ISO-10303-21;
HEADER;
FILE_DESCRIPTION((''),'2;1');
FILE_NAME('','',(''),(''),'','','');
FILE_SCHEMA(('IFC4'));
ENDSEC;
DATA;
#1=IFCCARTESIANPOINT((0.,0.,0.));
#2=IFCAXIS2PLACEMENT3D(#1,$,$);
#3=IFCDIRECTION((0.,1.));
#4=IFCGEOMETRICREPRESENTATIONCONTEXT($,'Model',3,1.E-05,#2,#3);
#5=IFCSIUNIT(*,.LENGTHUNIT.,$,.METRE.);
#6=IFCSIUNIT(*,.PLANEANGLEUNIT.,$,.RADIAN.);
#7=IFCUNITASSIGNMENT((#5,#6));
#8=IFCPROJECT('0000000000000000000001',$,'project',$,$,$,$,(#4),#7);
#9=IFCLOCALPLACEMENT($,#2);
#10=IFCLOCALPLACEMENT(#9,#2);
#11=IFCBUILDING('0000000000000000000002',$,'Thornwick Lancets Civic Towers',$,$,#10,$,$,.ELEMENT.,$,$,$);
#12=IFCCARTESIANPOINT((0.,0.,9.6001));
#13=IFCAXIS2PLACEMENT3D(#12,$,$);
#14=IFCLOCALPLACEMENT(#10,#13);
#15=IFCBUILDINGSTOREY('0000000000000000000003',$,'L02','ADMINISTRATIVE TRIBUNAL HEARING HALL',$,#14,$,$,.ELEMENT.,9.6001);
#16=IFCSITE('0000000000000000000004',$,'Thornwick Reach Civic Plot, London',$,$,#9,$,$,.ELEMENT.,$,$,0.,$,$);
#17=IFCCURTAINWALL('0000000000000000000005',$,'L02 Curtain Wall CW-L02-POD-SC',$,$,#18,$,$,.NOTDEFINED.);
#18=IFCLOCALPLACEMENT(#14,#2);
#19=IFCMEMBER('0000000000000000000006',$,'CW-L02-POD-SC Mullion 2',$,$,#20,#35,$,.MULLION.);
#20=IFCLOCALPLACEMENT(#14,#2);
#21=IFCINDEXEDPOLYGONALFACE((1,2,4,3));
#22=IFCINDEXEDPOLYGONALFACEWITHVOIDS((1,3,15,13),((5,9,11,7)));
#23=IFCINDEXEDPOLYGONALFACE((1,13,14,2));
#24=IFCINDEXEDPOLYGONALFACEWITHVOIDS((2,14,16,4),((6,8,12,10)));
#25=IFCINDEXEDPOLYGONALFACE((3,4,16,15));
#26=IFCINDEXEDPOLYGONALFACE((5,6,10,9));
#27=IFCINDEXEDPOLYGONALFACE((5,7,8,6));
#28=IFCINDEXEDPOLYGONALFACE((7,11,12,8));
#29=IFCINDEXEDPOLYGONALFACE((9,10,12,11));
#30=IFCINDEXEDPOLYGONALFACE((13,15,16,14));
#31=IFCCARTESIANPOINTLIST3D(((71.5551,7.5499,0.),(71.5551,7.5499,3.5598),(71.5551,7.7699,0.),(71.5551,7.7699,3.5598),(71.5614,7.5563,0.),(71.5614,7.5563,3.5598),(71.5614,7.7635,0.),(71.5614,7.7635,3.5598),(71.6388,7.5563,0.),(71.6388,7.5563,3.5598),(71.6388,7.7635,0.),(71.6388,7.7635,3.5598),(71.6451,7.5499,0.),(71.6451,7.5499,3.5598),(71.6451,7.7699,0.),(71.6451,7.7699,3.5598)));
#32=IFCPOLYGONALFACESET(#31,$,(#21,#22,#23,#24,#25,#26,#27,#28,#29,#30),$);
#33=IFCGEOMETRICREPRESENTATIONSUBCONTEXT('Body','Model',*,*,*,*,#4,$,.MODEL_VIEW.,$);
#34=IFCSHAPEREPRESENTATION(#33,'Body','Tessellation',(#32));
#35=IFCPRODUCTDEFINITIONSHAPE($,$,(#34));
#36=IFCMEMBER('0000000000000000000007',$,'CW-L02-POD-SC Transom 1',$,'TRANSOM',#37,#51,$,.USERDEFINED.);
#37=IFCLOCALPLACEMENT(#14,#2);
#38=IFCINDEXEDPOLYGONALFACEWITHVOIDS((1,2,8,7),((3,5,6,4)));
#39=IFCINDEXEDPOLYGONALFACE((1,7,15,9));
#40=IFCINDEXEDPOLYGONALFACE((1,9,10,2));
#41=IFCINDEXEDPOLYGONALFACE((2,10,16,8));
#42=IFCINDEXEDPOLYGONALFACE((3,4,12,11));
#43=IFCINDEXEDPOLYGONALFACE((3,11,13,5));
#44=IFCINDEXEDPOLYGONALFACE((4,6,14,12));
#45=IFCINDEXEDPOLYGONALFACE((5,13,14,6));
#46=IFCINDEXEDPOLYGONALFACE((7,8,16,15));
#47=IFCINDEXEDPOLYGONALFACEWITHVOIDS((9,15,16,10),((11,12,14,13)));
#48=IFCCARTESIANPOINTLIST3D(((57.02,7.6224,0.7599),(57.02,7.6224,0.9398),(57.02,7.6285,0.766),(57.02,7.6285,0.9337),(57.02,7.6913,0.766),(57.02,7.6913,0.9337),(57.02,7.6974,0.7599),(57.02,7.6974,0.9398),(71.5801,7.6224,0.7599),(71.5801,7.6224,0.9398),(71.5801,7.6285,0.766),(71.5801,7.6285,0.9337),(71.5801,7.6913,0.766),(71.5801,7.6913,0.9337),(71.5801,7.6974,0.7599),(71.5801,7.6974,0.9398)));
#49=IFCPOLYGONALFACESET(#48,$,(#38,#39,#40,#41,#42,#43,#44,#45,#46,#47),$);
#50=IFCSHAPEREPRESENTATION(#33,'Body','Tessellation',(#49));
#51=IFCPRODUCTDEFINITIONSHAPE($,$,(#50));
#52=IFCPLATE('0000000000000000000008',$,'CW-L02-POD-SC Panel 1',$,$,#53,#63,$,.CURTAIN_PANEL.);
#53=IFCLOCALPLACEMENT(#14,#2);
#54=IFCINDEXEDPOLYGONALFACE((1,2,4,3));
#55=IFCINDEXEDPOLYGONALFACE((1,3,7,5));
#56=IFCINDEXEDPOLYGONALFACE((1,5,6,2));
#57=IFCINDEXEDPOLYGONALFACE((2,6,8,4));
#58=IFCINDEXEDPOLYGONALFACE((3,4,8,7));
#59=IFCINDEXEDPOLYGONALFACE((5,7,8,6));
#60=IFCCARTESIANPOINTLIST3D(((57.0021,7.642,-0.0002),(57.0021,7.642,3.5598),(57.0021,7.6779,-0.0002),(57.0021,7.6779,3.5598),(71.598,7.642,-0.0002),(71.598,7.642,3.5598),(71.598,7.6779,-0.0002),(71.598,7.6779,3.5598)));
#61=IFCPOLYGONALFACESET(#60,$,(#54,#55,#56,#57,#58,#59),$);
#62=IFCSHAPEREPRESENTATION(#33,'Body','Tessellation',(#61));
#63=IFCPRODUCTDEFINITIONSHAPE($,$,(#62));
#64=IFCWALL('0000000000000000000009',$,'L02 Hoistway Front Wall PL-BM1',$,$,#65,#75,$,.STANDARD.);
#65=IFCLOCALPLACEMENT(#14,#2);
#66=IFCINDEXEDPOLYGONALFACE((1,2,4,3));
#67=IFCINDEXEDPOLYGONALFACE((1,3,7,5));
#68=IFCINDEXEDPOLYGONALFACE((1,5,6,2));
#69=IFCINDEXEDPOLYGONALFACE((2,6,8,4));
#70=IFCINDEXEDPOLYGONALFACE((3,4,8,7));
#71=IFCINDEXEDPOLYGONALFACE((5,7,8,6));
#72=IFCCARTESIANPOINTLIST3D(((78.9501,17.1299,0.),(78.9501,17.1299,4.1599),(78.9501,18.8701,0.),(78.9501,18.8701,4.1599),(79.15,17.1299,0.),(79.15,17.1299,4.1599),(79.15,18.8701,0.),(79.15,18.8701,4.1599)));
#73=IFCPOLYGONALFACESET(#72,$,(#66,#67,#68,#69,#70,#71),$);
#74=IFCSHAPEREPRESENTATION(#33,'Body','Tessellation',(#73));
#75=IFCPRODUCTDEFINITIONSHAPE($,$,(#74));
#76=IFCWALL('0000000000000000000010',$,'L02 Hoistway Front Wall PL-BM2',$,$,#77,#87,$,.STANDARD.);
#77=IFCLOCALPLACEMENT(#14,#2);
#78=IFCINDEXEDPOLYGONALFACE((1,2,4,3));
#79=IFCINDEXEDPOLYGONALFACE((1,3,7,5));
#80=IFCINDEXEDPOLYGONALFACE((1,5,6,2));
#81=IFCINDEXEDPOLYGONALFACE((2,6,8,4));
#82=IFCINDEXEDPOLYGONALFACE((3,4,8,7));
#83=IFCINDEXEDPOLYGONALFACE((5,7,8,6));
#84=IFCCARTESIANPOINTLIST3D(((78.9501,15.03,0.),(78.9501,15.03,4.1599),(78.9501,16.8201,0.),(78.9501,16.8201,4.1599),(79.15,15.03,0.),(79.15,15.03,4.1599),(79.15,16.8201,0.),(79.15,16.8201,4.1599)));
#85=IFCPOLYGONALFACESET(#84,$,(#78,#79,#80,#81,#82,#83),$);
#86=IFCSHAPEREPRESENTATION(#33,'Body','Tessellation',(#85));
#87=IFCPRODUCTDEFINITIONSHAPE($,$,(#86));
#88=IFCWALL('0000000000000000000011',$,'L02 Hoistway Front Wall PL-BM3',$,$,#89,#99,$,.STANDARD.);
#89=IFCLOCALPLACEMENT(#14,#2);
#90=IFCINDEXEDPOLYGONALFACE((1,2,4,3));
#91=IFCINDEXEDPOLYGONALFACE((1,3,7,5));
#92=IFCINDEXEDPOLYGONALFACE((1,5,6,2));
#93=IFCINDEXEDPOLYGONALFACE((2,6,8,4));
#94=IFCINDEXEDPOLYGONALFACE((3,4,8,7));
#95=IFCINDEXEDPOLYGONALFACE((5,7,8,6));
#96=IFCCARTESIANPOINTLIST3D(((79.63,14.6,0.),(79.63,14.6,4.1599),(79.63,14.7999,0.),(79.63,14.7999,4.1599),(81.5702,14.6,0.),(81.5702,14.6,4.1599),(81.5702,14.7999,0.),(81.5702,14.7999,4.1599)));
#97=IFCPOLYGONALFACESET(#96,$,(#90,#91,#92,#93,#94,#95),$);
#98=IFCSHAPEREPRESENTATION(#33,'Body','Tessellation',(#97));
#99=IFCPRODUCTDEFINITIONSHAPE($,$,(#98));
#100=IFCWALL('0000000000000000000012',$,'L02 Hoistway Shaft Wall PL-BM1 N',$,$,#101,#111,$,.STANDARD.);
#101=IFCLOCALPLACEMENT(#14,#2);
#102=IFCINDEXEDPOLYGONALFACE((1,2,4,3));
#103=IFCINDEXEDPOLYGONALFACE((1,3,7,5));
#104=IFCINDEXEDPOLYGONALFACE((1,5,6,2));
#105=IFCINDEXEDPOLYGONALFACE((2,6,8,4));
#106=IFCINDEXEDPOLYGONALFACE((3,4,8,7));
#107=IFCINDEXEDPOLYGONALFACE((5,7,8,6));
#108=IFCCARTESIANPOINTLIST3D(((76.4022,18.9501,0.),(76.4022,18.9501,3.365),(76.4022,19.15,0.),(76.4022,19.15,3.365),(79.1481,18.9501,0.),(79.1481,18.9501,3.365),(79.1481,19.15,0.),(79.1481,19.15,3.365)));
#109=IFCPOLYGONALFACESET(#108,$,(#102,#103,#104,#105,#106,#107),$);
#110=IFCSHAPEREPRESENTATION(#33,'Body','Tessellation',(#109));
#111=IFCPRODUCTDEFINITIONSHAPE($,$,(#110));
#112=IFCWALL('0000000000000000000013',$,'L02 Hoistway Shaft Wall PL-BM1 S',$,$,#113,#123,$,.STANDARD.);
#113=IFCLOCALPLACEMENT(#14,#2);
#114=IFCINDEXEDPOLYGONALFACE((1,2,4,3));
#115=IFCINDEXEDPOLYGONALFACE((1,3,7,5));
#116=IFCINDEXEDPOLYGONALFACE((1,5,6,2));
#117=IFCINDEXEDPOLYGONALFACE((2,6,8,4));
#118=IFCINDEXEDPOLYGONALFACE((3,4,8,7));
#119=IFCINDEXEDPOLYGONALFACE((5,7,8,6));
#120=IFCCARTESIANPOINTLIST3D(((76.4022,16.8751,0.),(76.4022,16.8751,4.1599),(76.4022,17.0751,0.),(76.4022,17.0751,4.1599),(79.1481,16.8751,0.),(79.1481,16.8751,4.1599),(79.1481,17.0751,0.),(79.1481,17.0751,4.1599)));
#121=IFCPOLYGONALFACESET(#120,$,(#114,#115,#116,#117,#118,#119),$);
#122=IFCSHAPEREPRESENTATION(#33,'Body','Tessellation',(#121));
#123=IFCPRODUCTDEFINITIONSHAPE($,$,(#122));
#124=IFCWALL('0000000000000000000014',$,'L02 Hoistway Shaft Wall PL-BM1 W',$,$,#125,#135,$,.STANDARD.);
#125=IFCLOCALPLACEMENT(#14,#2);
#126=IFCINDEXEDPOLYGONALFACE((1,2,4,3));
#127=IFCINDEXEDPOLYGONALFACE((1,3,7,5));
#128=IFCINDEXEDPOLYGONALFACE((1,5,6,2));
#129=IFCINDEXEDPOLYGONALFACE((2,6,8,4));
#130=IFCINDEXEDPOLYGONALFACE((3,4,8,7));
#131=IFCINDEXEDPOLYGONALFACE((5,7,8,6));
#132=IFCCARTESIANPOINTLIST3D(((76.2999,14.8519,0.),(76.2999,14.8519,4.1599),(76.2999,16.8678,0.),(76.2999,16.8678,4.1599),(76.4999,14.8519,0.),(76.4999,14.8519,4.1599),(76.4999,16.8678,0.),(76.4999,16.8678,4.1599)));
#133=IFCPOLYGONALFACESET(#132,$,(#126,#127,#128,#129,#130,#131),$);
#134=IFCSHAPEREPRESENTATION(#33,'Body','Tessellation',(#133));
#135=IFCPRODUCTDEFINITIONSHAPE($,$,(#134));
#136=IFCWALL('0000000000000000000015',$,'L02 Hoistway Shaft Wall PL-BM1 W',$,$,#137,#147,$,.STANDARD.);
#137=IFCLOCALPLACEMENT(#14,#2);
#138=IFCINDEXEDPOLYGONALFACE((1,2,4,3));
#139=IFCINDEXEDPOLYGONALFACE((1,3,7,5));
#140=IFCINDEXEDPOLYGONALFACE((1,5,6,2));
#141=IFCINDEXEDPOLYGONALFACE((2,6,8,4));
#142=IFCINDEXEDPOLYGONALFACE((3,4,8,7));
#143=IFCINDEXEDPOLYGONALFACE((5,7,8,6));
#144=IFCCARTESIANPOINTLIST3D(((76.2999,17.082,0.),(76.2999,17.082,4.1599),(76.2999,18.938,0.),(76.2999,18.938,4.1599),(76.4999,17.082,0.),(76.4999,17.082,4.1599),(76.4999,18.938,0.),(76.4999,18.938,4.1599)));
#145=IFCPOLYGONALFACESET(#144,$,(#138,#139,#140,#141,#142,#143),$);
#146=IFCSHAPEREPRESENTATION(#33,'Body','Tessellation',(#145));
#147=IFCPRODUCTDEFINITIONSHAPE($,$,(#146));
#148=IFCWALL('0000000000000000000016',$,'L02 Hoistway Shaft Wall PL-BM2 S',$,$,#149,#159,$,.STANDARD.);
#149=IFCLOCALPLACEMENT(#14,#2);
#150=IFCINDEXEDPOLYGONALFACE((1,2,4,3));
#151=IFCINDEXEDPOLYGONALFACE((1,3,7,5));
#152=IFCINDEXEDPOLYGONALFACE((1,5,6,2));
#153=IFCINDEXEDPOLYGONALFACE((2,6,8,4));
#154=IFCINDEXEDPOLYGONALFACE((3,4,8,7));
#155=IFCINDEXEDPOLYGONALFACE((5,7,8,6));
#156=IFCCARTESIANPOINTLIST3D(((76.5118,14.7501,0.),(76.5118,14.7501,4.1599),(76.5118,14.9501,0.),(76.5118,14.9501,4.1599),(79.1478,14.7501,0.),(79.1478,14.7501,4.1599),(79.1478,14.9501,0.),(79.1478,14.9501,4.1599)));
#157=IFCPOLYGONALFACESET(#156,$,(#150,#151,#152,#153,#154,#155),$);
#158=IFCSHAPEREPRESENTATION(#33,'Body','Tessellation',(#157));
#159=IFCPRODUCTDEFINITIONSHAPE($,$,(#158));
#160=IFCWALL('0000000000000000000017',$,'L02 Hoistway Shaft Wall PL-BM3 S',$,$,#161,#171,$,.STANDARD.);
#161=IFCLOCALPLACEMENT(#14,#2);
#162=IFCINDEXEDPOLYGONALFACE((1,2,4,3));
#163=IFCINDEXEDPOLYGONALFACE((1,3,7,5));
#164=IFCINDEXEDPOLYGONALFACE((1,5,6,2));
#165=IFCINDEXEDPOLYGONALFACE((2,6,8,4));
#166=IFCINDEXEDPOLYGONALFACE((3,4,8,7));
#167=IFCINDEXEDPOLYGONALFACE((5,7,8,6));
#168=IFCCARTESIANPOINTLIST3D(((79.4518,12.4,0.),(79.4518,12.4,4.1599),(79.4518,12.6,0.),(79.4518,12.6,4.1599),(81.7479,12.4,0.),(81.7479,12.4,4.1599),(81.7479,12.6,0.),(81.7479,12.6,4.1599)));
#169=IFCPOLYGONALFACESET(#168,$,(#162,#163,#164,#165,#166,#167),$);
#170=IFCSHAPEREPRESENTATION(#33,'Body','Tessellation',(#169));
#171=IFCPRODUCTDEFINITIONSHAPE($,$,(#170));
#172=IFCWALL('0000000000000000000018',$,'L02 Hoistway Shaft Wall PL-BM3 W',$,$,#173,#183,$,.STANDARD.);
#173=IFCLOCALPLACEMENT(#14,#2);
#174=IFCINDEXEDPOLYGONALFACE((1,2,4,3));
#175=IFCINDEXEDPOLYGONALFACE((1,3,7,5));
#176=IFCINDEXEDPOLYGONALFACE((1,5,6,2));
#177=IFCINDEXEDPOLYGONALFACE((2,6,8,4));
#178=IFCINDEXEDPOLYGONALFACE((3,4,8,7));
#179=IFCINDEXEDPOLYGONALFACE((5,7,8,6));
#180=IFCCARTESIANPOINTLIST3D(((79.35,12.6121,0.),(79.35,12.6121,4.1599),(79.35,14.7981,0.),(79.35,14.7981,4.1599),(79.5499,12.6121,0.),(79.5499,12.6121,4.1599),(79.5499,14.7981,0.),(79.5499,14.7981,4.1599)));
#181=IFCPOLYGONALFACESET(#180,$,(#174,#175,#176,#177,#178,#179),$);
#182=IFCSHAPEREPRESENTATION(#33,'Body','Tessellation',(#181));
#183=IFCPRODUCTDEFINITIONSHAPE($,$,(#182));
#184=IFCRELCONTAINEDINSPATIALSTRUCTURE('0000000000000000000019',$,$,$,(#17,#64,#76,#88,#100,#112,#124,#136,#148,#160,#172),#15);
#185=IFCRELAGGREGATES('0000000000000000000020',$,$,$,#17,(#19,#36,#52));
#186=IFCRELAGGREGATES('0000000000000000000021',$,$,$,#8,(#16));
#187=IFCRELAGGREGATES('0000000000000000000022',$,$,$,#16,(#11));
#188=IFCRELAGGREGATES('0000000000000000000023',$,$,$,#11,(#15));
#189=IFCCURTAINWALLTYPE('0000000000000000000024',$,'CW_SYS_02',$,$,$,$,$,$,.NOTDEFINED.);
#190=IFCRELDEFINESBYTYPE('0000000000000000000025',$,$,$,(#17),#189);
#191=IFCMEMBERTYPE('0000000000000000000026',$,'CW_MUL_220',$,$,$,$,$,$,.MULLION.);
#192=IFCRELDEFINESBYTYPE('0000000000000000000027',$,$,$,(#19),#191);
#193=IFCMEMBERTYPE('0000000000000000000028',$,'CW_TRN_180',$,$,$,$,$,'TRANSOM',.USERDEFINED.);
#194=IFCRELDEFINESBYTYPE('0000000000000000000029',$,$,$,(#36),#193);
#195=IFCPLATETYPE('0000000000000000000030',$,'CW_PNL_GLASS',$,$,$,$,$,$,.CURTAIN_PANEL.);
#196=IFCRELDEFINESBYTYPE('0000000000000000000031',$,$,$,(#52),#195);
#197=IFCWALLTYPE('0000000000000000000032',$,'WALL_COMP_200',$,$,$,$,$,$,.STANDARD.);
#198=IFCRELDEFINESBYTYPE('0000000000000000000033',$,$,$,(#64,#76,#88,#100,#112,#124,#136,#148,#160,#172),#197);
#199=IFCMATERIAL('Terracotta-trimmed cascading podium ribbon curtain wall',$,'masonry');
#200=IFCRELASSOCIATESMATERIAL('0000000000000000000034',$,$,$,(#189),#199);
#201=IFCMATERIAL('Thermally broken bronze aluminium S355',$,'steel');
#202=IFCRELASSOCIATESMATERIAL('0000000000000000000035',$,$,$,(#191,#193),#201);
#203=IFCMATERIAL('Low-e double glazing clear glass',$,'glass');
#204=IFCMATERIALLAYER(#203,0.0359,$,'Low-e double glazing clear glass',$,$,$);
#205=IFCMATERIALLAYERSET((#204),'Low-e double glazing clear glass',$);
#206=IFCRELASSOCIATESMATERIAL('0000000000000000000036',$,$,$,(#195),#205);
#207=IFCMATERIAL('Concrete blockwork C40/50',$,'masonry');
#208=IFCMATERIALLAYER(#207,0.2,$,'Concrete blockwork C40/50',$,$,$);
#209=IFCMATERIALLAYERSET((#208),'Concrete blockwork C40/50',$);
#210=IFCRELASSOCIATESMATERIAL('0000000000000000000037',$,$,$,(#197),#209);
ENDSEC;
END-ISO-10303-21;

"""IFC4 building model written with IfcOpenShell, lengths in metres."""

from ifc_helpers import new_model, si_unit, direction, frame, frame_2d, origin, origin_2d, place, context, subcontext, project, spatial, rectangle, hollow_rectangle, extrude, material, layer, layer_set, material_profile, profile_set, type_object, element, aggregate, save


model = new_model("IFC4")

# Units and contexts
model_context = context("Model", 3, precision=1e-05, world=origin(), true_north=direction((0.0, 1.0)))
body_context = subcontext(model_context, "Body", "Model", "MODEL_VIEW")
ifc_project = project(units=[si_unit("LENGTHUNIT", "METRE"), si_unit("PLANEANGLEUNIT", "RADIAN")], contexts=[model_context])

# Site, building, storey
site_placement = place(None, origin())
site = spatial("IfcSite", under=ifc_project, at=site_placement, Name="Thornwick Reach Civic Plot, London", CompositionType="ELEMENT", RefElevation=0.0)
building_placement = place(site_placement, origin())
building = spatial("IfcBuilding", under=site, at=building_placement, Name="Thornwick Lancets Civic Towers", CompositionType="ELEMENT")
storey_placement = place(building_placement, frame((0.0, 0.0, 9.6001)))
storey = spatial("IfcBuildingStorey", under=building, at=storey_placement, Name="L02", Description="ADMINISTRATIVE TRIBUNAL HEARING HALL", CompositionType="ELEMENT", Elevation=9.6001)

# Curtain wall, members, plate
ifc_material_1 = material(Name="Terracotta-trimmed cascading podium ribbon curtain wall", Category="masonry")
curtain_wall_type = type_object("IfcCurtainWallType", Name="CW_SYS_02", PredefinedType="NOTDEFINED", material=ifc_material_1)
curtain_wall_placement = place(storey_placement, origin())
curtain_wall = element("IfcCurtainWall", 1, at=curtain_wall_placement, inside=storey, type_object=curtain_wall_type, Name="L02 Curtain Wall CW-L02-POD-SC", PredefinedType="NOTDEFINED")
ifc_material_2 = material(Name="Thermally broken bronze aluminium S355", Category="steel")
ifc_material_profile_1 = material_profile(ifc_material_2, hollow_rectangle(XDim=0.0901, YDim=0.22, WallThickness=0.0063, at=origin_2d()), Name="RHS 220x90x6.3")
ifc_profile_set_1 = profile_set([ifc_material_profile_1], Name="Thermally broken bronze aluminium S355")
member_type_1 = type_object("IfcMemberType", Name="CW_MUL_220", PredefinedType="MULLION", material=ifc_profile_set_1)
member_1_placement = place(storey_placement, frame((71.6001, 7.6599, 0.0), z_axis=(0.0, 0.0, 1.0), x_axis=(1.0, 0.0, 0.0)))
member_1 = element("IfcMember", 2, at=member_1_placement, type_object=member_type_1, Name="CW-L02-POD-SC Mullion 2", PredefinedType="MULLION", context=body_context, shape_type="SweptSolid", body=[
    extrude(hollow_rectangle(XDim=0.0901, YDim=0.22, WallThickness=0.0063, at=origin_2d()), origin(), (0.0, 0.0, 1.0), 3.5598),
])
ifc_material_profile_2 = material_profile(ifc_material_2, hollow_rectangle(XDim=0.075, YDim=0.1799, WallThickness=0.0061, at=origin_2d()), Name="RHS 180x75x6")
ifc_profile_set_2 = profile_set([ifc_material_profile_2], Name="Thermally broken bronze aluminium S355")
member_type_2 = type_object("IfcMemberType", Name="CW_TRN_180", ElementType="TRANSOM", PredefinedType="USERDEFINED", material=ifc_profile_set_2)
member_2_placement = place(storey_placement, frame((57.02, 7.6599, 0.8499), z_axis=(1.0, 0.0, 0.0), x_axis=(0.0, 1.0, 0.0)))
member_2 = element("IfcMember", 3, at=member_2_placement, type_object=member_type_2, Name="CW-L02-POD-SC Transom 1", ObjectType="TRANSOM", PredefinedType="USERDEFINED", context=body_context, shape_type="SweptSolid", body=[
    extrude(hollow_rectangle(XDim=0.075, YDim=0.1799, WallThickness=0.0061, at=origin_2d()), origin(), (0.0, 0.0, 1.0), 14.5601),
])
ifc_material_3 = material(Name="Low-e double glazing clear glass", Category="glass")
ifc_layer_1 = layer(ifc_material_3, 0.0359, Name="Low-e double glazing clear glass")
ifc_layer_set_1 = layer_set([ifc_layer_1], Name="Low-e double glazing clear glass")
plate_type = type_object("IfcPlateType", Name="CW_PNL_GLASS", PredefinedType="CURTAIN_PANEL", material=ifc_layer_set_1)
plate_placement = place(storey_placement, frame((64.3, 7.6599, -0.0002), z_axis=(0.0, 0.0, 1.0), x_axis=(1.0, 0.0, 0.0)))
plate = element("IfcPlate", 4, at=plate_placement, type_object=plate_type, Name="CW-L02-POD-SC Panel 1", PredefinedType="CURTAIN_PANEL", context=body_context, shape_type="SweptSolid", body=[
    extrude(rectangle(XDim=14.5959, YDim=0.0359, at=origin_2d()), origin(), (0.0, 0.0, 1.0), 3.5601),
])
aggregate(curtain_wall, [member_1, member_2, plate])

# Walls
ifc_material_4 = material(Name="Concrete blockwork C40/50", Category="masonry")
ifc_layer_2 = layer(ifc_material_4, 0.2, Name="Concrete blockwork C40/50")
ifc_layer_set_2 = layer_set([ifc_layer_2], Name="Concrete blockwork C40/50")
wall_type_1 = type_object("IfcWallType", Name="WALL_COMP_200", PredefinedType="STANDARD", material=ifc_layer_set_2)
wall_1_placement = place(storey_placement, frame((79.05, 17.1299, 0.0), z_axis=(0.0, 0.0, 1.0), x_axis=(0.0, 1.0, 0.0)))
element("IfcWall", 5, at=wall_1_placement, inside=storey, type_object=wall_type_1, Name="L02 Hoistway Front Wall PL-BM1", PredefinedType="STANDARD", context=body_context, shape_type="SweptSolid", body=[
    extrude(rectangle(XDim=1.7402, YDim=0.2, at=frame_2d((0.8701, 0.0))), origin(), (0.0, 0.0, 1.0), 4.1599),
])
wall_2_placement = place(storey_placement, frame((79.05, 15.03, 0.0), z_axis=(0.0, 0.0, 1.0), x_axis=(0.0, 1.0, 0.0)))
element("IfcWall", 6, at=wall_2_placement, inside=storey, type_object=wall_type_1, Name="L02 Hoistway Front Wall PL-BM2", PredefinedType="STANDARD", context=body_context, shape_type="SweptSolid", body=[
    extrude(rectangle(XDim=1.79, YDim=0.2, at=frame_2d((0.895, 0.0))), origin(), (0.0, 0.0, 1.0), 4.1599),
])
wall_3_placement = place(storey_placement, frame((79.6299, 14.7, 0.0), z_axis=(0.0, 0.0, 1.0), x_axis=(1.0, 0.0, 0.0)))
element("IfcWall", 7, at=wall_3_placement, inside=storey, type_object=wall_type_1, Name="L02 Hoistway Front Wall PL-BM3", PredefinedType="STANDARD", context=body_context, shape_type="SweptSolid", body=[
    extrude(rectangle(XDim=1.9402, YDim=0.2, at=frame_2d((0.9702, 0.0))), origin(), (0.0, 0.0, 1.0), 4.1599),
])
wall_4_placement = place(storey_placement, frame((76.4021, 19.05, 0.0), z_axis=(0.0, 0.0, 1.0), x_axis=(1.0, 0.0, 0.0)))
element("IfcWall", 8, at=wall_4_placement, inside=storey, type_object=wall_type_1, Name="L02 Hoistway Shaft Wall PL-BM1 N", PredefinedType="STANDARD", context=body_context, shape_type="SweptSolid", body=[
    extrude(rectangle(XDim=2.7458, YDim=0.2, at=frame_2d((1.373, 0.0))), origin(), (0.0, 0.0, 1.0), 3.365),
])
wall_5_placement = place(storey_placement, frame((76.4021, 16.9751, 0.0), z_axis=(0.0, 0.0, 1.0), x_axis=(1.0, 0.0, 0.0)))
element("IfcWall", 9, at=wall_5_placement, inside=storey, type_object=wall_type_1, Name="L02 Hoistway Shaft Wall PL-BM1 S", PredefinedType="STANDARD", context=body_context, shape_type="SweptSolid", body=[
    extrude(rectangle(XDim=2.7458, YDim=0.2, at=frame_2d((1.373, 0.0))), origin(), (0.0, 0.0, 1.0), 4.1599),
])
wall_6_placement = place(storey_placement, frame((76.3999, 14.8521, 0.0), z_axis=(0.0, 0.0, 1.0), x_axis=(0.0, 1.0, 0.0)))
element("IfcWall", 10, at=wall_6_placement, inside=storey, type_object=wall_type_1, Name="L02 Hoistway Shaft Wall PL-BM1 W", PredefinedType="STANDARD", context=body_context, shape_type="SweptSolid", body=[
    extrude(rectangle(XDim=2.0159, YDim=0.2, at=frame_2d((1.0078, 0.0))), origin(), (0.0, 0.0, 1.0), 4.1599),
])
wall_7_placement = place(storey_placement, frame((76.3999, 17.082, 0.0), z_axis=(0.0, 0.0, 1.0), x_axis=(0.0, 1.0, 0.0)))
element("IfcWall", 11, at=wall_7_placement, inside=storey, type_object=wall_type_1, Name="L02 Hoistway Shaft Wall PL-BM1 W", PredefinedType="STANDARD", context=body_context, shape_type="SweptSolid", body=[
    extrude(rectangle(XDim=1.856, YDim=0.2, at=frame_2d((0.928, 0.0))), origin(), (0.0, 0.0, 1.0), 4.1599),
])
wall_8_placement = place(storey_placement, frame((76.512, 14.8501, 0.0), z_axis=(0.0, 0.0, 1.0), x_axis=(1.0, 0.0, 0.0)))
element("IfcWall", 12, at=wall_8_placement, inside=storey, type_object=wall_type_1, Name="L02 Hoistway Shaft Wall PL-BM2 S", PredefinedType="STANDARD", context=body_context, shape_type="SweptSolid", body=[
    extrude(rectangle(XDim=2.636, YDim=0.2, at=frame_2d((1.3179, 0.0))), origin(), (0.0, 0.0, 1.0), 4.1599),
])
wall_9_placement = place(storey_placement, frame((79.4519, 12.5, 0.0), z_axis=(0.0, 0.0, 1.0), x_axis=(1.0, 0.0, 0.0)))
element("IfcWall", 13, at=wall_9_placement, inside=storey, type_object=wall_type_1, Name="L02 Hoistway Shaft Wall PL-BM3 S", PredefinedType="STANDARD", context=body_context, shape_type="SweptSolid", body=[
    extrude(rectangle(XDim=2.2961, YDim=0.2, at=frame_2d((1.1479, 0.0))), origin(), (0.0, 0.0, 1.0), 4.1599),
])
wall_10_placement = place(storey_placement, frame((79.45, 12.6121, 0.0), z_axis=(0.0, 0.0, 1.0), x_axis=(0.0, 1.0, 0.0)))
element("IfcWall", 14, at=wall_10_placement, inside=storey, type_object=wall_type_1, Name="L02 Hoistway Shaft Wall PL-BM3 W", PredefinedType="STANDARD", context=body_context, shape_type="SweptSolid", body=[
    extrude(rectangle(XDim=2.186, YDim=0.2, at=frame_2d((1.093, 0.0))), origin(), (0.0, 0.0, 1.0), 4.1599),
])

save(model, "model.ifc")
